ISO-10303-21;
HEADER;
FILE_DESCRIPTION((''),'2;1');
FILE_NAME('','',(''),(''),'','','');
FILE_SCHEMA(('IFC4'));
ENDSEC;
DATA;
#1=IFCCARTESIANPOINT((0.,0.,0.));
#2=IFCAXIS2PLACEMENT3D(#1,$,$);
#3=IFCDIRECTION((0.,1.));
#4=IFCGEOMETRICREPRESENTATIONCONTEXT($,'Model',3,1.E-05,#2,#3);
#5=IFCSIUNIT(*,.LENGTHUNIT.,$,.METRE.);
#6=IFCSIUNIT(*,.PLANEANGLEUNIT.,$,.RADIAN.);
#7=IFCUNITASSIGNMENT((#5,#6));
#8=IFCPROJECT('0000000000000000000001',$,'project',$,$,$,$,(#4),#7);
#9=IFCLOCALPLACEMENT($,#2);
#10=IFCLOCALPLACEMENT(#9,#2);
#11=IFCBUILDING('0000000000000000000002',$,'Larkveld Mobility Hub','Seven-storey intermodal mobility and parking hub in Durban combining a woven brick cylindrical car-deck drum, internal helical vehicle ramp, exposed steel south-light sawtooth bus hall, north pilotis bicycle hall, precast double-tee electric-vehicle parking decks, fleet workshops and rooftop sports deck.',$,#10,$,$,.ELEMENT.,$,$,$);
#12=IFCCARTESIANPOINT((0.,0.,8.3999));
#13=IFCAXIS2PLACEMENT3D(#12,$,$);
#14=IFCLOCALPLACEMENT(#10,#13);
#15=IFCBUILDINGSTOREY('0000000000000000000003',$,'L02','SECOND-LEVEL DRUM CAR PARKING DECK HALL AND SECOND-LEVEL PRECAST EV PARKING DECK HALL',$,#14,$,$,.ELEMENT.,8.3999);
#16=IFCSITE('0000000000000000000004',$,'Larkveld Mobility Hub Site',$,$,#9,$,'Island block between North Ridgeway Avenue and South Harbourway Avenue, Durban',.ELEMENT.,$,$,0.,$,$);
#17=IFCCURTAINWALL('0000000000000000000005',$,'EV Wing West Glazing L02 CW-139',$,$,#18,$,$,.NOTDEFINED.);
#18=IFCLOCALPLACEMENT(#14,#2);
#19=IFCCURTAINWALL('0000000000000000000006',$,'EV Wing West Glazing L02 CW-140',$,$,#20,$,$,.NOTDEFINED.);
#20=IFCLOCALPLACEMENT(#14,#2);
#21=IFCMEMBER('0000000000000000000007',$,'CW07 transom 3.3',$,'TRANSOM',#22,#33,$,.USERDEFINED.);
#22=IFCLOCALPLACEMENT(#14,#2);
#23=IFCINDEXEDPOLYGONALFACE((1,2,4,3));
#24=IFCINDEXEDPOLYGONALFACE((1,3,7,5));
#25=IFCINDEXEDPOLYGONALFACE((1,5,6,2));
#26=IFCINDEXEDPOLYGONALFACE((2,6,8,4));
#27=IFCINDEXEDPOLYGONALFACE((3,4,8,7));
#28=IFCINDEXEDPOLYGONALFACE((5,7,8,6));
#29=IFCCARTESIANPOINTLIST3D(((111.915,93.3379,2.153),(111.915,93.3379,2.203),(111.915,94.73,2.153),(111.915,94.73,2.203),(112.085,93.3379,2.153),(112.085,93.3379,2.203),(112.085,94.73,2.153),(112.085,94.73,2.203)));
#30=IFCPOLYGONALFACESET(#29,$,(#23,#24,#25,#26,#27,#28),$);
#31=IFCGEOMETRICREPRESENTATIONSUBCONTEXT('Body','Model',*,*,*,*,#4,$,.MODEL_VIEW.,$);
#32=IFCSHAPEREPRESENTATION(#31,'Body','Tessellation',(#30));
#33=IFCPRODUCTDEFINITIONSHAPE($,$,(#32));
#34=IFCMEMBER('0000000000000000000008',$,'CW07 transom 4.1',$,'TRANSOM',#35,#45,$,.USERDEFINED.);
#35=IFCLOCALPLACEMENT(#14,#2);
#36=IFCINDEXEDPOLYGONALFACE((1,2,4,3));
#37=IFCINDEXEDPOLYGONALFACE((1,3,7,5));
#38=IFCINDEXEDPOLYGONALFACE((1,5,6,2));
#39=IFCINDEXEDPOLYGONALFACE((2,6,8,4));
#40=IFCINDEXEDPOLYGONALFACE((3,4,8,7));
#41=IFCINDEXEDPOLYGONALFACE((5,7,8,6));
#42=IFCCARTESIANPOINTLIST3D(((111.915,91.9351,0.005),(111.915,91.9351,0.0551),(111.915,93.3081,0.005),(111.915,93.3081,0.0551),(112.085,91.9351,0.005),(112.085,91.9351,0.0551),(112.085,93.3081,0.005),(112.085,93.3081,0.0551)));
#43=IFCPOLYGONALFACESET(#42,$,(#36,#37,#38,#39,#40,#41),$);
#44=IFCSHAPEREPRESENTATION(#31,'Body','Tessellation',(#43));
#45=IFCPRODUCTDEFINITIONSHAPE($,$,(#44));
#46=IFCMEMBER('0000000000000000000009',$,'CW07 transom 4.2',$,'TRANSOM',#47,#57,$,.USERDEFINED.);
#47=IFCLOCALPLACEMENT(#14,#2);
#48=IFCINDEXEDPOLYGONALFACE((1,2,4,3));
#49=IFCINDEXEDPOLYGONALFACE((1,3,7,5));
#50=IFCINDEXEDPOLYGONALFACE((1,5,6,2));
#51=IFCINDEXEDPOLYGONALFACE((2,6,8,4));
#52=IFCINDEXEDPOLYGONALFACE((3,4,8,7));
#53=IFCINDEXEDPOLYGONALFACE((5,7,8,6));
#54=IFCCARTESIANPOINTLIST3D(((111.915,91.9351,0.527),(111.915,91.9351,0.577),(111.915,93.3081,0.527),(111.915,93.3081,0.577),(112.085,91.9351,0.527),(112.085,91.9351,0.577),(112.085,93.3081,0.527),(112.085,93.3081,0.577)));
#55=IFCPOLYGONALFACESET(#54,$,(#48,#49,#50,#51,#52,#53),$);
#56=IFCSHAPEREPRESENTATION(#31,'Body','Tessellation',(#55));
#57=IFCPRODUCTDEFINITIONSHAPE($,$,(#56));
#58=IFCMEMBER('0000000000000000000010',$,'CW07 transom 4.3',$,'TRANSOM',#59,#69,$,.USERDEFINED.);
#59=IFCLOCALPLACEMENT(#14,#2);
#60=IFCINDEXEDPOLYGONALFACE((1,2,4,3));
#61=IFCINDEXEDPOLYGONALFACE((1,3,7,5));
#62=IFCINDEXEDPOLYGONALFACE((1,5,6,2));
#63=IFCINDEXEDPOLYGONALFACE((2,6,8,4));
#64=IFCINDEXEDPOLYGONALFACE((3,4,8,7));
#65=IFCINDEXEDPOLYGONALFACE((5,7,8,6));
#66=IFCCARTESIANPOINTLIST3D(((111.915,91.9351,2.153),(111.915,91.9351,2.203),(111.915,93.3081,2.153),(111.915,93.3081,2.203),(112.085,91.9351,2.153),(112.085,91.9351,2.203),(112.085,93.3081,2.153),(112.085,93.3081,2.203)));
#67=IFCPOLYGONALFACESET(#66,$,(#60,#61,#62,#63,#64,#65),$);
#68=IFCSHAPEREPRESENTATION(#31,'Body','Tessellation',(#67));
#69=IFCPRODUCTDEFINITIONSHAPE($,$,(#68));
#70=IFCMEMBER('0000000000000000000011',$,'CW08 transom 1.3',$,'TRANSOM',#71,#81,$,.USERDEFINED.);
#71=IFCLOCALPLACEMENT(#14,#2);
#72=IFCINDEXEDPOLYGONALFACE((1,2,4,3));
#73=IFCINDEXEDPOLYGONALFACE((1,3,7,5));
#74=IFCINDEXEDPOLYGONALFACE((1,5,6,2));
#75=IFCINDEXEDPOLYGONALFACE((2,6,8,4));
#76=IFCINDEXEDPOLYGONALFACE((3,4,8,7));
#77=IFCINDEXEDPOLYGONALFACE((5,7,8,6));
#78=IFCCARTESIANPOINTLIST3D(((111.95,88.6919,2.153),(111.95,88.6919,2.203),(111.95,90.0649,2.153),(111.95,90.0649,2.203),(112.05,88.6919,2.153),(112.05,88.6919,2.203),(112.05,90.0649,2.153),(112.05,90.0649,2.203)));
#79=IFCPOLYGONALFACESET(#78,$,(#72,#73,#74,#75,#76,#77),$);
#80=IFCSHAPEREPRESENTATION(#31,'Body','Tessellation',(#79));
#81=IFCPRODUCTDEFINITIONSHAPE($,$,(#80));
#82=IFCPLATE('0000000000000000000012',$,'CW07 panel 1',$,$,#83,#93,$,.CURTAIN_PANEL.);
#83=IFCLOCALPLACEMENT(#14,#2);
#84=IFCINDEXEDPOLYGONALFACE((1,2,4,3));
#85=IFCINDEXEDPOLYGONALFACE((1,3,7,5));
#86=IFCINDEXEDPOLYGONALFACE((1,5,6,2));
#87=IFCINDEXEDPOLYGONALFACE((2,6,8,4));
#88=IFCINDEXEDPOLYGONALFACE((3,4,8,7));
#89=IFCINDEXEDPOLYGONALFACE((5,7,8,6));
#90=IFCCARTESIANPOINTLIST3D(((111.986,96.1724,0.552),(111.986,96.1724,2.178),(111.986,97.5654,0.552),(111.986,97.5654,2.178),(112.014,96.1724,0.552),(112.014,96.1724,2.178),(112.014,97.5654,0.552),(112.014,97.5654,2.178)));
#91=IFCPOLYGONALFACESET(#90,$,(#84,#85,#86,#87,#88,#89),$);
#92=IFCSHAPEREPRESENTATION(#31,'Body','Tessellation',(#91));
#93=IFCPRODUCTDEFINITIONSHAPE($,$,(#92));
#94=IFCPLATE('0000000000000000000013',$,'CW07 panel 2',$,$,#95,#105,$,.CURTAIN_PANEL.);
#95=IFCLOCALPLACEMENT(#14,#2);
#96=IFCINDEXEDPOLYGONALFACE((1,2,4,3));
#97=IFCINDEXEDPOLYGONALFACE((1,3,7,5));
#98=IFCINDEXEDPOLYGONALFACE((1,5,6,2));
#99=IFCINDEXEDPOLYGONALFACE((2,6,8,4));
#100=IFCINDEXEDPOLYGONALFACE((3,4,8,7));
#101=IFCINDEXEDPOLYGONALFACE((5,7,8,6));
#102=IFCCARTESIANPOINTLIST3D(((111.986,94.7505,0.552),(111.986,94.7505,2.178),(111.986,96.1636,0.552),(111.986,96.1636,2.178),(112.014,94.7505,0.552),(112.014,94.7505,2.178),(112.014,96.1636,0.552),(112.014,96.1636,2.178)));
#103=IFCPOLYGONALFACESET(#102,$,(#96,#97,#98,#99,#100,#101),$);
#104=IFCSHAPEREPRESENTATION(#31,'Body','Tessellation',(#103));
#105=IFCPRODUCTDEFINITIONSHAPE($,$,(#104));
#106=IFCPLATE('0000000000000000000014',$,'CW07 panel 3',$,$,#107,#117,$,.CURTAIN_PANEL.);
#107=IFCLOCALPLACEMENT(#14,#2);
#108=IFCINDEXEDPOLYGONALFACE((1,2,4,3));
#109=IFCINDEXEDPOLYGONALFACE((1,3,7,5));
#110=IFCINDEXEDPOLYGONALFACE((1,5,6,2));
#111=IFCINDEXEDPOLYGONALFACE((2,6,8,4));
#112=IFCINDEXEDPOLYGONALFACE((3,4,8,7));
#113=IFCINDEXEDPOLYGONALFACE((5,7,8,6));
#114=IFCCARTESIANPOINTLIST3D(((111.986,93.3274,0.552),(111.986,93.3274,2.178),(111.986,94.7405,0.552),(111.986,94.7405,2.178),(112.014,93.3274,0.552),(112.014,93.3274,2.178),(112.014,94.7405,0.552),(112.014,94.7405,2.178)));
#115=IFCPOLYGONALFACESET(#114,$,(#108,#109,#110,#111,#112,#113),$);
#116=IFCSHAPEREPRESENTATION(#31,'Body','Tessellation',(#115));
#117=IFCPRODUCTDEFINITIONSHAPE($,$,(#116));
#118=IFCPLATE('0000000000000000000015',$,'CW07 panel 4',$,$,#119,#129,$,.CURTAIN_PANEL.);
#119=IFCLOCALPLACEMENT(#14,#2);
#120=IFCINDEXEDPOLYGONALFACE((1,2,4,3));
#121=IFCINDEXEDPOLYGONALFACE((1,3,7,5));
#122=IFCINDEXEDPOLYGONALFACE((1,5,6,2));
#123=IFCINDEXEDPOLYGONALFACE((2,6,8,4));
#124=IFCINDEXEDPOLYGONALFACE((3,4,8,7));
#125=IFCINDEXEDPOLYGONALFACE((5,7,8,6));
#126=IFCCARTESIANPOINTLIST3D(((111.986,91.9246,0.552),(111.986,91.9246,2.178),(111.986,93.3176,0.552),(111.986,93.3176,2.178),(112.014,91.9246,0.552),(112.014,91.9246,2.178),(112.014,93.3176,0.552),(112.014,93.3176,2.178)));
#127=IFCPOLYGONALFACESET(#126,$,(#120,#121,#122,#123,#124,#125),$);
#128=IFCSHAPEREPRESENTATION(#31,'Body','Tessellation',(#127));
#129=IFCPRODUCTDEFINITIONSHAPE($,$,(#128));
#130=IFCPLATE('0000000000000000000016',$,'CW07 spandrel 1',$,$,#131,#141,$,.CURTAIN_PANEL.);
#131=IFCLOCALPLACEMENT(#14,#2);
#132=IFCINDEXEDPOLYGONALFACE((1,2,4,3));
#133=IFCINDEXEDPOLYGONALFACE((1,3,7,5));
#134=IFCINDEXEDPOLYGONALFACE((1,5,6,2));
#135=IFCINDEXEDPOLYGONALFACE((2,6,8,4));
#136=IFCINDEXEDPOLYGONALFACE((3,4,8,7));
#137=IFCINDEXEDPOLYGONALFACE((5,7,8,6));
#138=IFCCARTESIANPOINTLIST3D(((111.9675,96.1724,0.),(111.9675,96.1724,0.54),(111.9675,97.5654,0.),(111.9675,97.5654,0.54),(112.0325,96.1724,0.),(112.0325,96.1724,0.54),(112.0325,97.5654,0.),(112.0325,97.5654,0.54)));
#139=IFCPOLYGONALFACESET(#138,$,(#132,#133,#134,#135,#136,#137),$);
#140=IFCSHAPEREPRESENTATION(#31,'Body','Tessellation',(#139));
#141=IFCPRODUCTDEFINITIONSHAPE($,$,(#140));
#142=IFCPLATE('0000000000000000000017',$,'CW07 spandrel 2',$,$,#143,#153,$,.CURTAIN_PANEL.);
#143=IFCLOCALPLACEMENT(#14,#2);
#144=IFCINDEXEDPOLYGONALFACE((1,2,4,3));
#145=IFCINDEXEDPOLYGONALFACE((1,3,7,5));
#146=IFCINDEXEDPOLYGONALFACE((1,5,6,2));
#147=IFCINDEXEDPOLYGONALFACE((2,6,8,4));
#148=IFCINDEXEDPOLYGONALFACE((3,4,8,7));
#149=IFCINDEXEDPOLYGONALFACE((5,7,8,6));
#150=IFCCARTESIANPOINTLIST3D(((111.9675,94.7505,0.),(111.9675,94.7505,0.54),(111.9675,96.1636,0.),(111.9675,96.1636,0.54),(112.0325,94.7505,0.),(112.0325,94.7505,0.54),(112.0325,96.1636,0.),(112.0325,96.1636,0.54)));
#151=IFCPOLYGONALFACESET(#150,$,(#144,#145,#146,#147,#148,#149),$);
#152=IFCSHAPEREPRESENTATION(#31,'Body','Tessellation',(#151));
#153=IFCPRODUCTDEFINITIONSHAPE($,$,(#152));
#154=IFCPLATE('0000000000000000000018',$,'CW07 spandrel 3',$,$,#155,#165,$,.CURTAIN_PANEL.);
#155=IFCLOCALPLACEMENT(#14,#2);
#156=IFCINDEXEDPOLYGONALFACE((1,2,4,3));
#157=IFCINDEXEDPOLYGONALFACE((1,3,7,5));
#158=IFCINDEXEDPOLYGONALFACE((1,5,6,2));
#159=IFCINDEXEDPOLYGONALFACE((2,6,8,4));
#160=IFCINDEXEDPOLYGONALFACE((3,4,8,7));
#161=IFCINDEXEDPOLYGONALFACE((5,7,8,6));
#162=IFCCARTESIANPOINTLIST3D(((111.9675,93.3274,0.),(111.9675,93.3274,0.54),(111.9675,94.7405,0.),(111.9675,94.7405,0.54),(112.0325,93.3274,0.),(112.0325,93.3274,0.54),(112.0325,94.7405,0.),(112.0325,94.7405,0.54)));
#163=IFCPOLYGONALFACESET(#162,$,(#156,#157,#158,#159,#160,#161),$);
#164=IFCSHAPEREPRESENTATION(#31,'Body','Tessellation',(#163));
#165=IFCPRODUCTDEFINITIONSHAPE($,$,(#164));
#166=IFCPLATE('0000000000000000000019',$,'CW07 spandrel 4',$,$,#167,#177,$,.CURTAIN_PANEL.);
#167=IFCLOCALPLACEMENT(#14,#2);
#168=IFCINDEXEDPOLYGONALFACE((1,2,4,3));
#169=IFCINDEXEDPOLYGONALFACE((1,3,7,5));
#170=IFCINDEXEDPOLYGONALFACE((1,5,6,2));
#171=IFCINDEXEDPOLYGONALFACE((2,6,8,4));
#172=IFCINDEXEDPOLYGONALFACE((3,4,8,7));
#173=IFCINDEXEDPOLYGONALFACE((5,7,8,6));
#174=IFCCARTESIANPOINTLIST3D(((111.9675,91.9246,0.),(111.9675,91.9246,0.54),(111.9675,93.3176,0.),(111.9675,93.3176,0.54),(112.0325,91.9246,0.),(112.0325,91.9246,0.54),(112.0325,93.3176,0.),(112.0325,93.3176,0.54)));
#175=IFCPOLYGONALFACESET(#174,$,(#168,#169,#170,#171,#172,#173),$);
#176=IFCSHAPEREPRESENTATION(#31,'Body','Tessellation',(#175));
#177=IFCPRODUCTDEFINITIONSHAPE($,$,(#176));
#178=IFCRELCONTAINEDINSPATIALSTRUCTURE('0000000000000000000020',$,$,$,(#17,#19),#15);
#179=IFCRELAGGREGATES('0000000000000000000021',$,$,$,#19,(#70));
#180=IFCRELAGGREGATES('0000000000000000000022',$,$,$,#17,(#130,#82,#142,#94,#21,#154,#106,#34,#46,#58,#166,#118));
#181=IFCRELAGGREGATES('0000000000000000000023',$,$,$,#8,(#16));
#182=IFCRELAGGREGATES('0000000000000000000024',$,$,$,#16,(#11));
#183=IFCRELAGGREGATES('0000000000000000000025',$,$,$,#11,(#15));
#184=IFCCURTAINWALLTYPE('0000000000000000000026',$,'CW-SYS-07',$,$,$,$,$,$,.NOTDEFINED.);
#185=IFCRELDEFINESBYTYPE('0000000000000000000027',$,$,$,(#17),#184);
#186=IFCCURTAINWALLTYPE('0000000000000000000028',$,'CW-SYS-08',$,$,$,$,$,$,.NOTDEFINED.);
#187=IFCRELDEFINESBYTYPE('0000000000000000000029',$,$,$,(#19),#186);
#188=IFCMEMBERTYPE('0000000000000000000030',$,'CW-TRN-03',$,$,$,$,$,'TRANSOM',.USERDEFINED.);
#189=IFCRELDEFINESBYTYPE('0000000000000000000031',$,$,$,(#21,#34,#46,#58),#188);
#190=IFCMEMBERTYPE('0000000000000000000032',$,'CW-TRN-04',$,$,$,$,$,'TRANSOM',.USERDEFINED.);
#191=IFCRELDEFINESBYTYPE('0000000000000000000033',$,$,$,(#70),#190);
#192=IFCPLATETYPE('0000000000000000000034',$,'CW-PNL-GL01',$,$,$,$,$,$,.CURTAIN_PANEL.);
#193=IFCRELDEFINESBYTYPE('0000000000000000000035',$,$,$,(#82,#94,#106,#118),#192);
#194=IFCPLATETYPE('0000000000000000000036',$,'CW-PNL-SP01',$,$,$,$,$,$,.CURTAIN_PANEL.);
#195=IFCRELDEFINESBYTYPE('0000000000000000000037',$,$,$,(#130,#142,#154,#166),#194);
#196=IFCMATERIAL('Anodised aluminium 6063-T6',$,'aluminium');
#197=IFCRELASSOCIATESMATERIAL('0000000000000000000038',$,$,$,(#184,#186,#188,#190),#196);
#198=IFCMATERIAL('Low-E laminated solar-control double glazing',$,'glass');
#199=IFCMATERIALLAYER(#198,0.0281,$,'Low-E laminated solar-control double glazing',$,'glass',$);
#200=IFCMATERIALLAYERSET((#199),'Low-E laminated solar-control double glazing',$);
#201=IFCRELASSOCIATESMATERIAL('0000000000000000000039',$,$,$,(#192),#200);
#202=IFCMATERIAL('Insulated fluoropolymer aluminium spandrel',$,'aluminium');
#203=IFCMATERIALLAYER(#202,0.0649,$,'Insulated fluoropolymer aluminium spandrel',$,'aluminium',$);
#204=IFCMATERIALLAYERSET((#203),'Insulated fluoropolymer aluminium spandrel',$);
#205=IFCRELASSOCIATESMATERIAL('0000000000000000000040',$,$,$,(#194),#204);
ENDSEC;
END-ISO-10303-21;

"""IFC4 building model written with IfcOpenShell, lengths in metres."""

from ifc_helpers import new_model, si_unit, direction, frame, origin, origin_2d, place, context, subcontext, project, spatial, rectangle, extrude, material, layer, layer_set, material_profile, profile_set, type_object, element, aggregate, save


model = new_model("IFC4")

# Units and contexts
model_context = context("Model", 3, precision=1e-05, world=origin(), true_north=direction((0.0, 1.0)))
body_context = subcontext(model_context, "Body", "Model", "MODEL_VIEW")
ifc_project = project(units=[si_unit("LENGTHUNIT", "METRE"), si_unit("PLANEANGLEUNIT", "RADIAN")], contexts=[model_context])

# Site, building, storey
site_placement = place(None, origin())
site = spatial("IfcSite", under=ifc_project, at=site_placement, Name="Larkveld Mobility Hub Site", LongName="Island block between North Ridgeway Avenue and South Harbourway Avenue, Durban", CompositionType="ELEMENT", RefElevation=0.0)
building_placement = place(site_placement, origin())
building = spatial("IfcBuilding", under=site, at=building_placement, Name="Larkveld Mobility Hub", Description="Seven-storey intermodal mobility and parking hub in Durban combining a woven brick cylindrical car-deck drum, internal helical vehicle ramp, exposed steel south-light sawtooth bus hall, north pilotis bicycle hall, precast double-tee electric-vehicle parking decks, fleet workshops and rooftop sports deck.", CompositionType="ELEMENT")
storey_placement = place(building_placement, frame((0.0, 0.0, 8.3999)))
storey = spatial("IfcBuildingStorey", under=building, at=storey_placement, Name="L02", Description="SECOND-LEVEL DRUM CAR PARKING DECK HALL AND SECOND-LEVEL PRECAST EV PARKING DECK HALL", CompositionType="ELEMENT", Elevation=8.3999)

# Curtain wall
ifc_material_1 = material(Name="Anodised aluminium 6063-T6", Category="aluminium")
curtain_wall_type_1 = type_object("IfcCurtainWallType", Name="CW-SYS-07", PredefinedType="NOTDEFINED", material=ifc_material_1)
curtain_wall_1_placement = place(storey_placement, origin())
curtain_wall_1 = element("IfcCurtainWall", 1, at=curtain_wall_1_placement, inside=storey, type_object=curtain_wall_type_1, Name="EV Wing West Glazing L02 CW-139", PredefinedType="NOTDEFINED")

# Curtain wall
curtain_wall_type_2 = type_object("IfcCurtainWallType", Name="CW-SYS-08", PredefinedType="NOTDEFINED", material=ifc_material_1)
curtain_wall_2_placement = place(storey_placement, origin())
curtain_wall_2 = element("IfcCurtainWall", 2, at=curtain_wall_2_placement, inside=storey, type_object=curtain_wall_type_2, Name="EV Wing West Glazing L02 CW-140", PredefinedType="NOTDEFINED")

# Members
ifc_material_profile_1 = material_profile(ifc_material_1, rectangle(XDim=0.1699, YDim=0.05, at=origin_2d()), Name="ALU TRAN 50x170")
ifc_profile_set_1 = profile_set([ifc_material_profile_1], Name="Anodised aluminium 6063-T6")
member_type_1 = type_object("IfcMemberType", Name="CW-TRN-03", ElementType="TRANSOM", PredefinedType="USERDEFINED", material=ifc_profile_set_1)
member_1_placement = place(storey_placement, frame((112.0, 94.73, 2.178), z_axis=(0.0, -1.0, 0.0), x_axis=(1.0, 0.0, 0.0)))
member_1 = element("IfcMember", 3, at=member_1_placement, type_object=member_type_1, Name="CW07 transom 3.3", ObjectType="TRANSOM", PredefinedType="USERDEFINED", context=body_context, shape_type="SweptSolid", body=[
    extrude(rectangle(XDim=0.1699, YDim=0.05, at=origin_2d()), origin(), (0.0, 0.0, 1.0), 1.3921),
])
member_2_placement = place(storey_placement, frame((112.0, 93.3081, 0.03), z_axis=(0.0, -1.0, 0.0), x_axis=(1.0, 0.0, 0.0)))
member_2 = element("IfcMember", 4, at=member_2_placement, type_object=member_type_1, Name="CW07 transom 4.1", ObjectType="TRANSOM", PredefinedType="USERDEFINED", context=body_context, shape_type="SweptSolid", body=[
    extrude(rectangle(XDim=0.1699, YDim=0.05, at=origin_2d()), origin(), (0.0, 0.0, 1.0), 1.373),
])
member_3_placement = place(storey_placement, frame((112.0, 93.3081, 0.552), z_axis=(0.0, -1.0, 0.0), x_axis=(1.0, 0.0, 0.0)))
member_3 = element("IfcMember", 5, at=member_3_placement, type_object=member_type_1, Name="CW07 transom 4.2", ObjectType="TRANSOM", PredefinedType="USERDEFINED", context=body_context, shape_type="SweptSolid", body=[
    extrude(rectangle(XDim=0.1699, YDim=0.05, at=origin_2d()), origin(), (0.0, 0.0, 1.0), 1.373),
])
member_4_placement = place(storey_placement, frame((112.0, 93.3081, 2.178), z_axis=(0.0, -1.0, 0.0), x_axis=(1.0, 0.0, 0.0)))
member_4 = element("IfcMember", 6, at=member_4_placement, type_object=member_type_1, Name="CW07 transom 4.3", ObjectType="TRANSOM", PredefinedType="USERDEFINED", context=body_context, shape_type="SweptSolid", body=[
    extrude(rectangle(XDim=0.1699, YDim=0.05, at=origin_2d()), origin(), (0.0, 0.0, 1.0), 1.373),
])
ifc_material_profile_2 = material_profile(ifc_material_1, rectangle(XDim=0.1001, YDim=0.05, at=origin_2d()), Name="ALU TRAN 50x100")
ifc_profile_set_2 = profile_set([ifc_material_profile_2], Name="Anodised aluminium 6063-T6")
member_type_2 = type_object("IfcMemberType", Name="CW-TRN-04", ElementType="TRANSOM", PredefinedType="USERDEFINED", material=ifc_profile_set_2)
member_5_placement = place(storey_placement, frame((112.0, 90.0649, 2.178), z_axis=(0.0, -1.0, 0.0), x_axis=(1.0, 0.0, 0.0)))
member_5 = element("IfcMember", 7, at=member_5_placement, type_object=member_type_2, Name="CW08 transom 1.3", ObjectType="TRANSOM", PredefinedType="USERDEFINED", context=body_context, shape_type="SweptSolid", body=[
    extrude(rectangle(XDim=0.1001, YDim=0.05, at=origin_2d()), origin(), (0.0, 0.0, 1.0), 1.373),
])
aggregate(curtain_wall_2, [member_5])

# Plates
ifc_material_2 = material(Name="Low-E laminated solar-control double glazing", Category="glass")
ifc_layer_1 = layer(ifc_material_2, 0.0281, Name="Low-E laminated solar-control double glazing", Category="glass")
ifc_layer_set_1 = layer_set([ifc_layer_1], Name="Low-E laminated solar-control double glazing")
plate_type_1 = type_object("IfcPlateType", Name="CW-PNL-GL01", PredefinedType="CURTAIN_PANEL", material=ifc_layer_set_1)
plate_1_placement = place(storey_placement, frame((112.0, 96.8689, 0.552), z_axis=(0.0, 0.0, 1.0), x_axis=(0.0, -1.0, 0.0)))
plate_1 = element("IfcPlate", 8, at=plate_1_placement, type_object=plate_type_1, Name="CW07 panel 1", PredefinedType="CURTAIN_PANEL", context=body_context, shape_type="SweptSolid", body=[
    extrude(rectangle(XDim=1.3931, YDim=0.0281, at=origin_2d()), origin(), (0.0, 0.0, 1.0), 1.626),
])
plate_2_placement = place(storey_placement, frame((112.0, 95.457, 0.552), z_axis=(0.0, 0.0, 1.0), x_axis=(0.0, -1.0, 0.0)))
plate_2 = element("IfcPlate", 9, at=plate_2_placement, type_object=plate_type_1, Name="CW07 panel 2", PredefinedType="CURTAIN_PANEL", context=body_context, shape_type="SweptSolid", body=[
    extrude(rectangle(XDim=1.4131, YDim=0.0281, at=origin_2d()), origin(), (0.0, 0.0, 1.0), 1.626),
])
plate_3_placement = place(storey_placement, frame((112.0, 94.0339, 0.552), z_axis=(0.0, 0.0, 1.0), x_axis=(0.0, -1.0, 0.0)))
plate_3 = element("IfcPlate", 10, at=plate_3_placement, type_object=plate_type_1, Name="CW07 panel 3", PredefinedType="CURTAIN_PANEL", context=body_context, shape_type="SweptSolid", body=[
    extrude(rectangle(XDim=1.4131, YDim=0.0281, at=origin_2d()), origin(), (0.0, 0.0, 1.0), 1.626),
])
plate_4_placement = place(storey_placement, frame((112.0, 92.6211, 0.552), z_axis=(0.0, 0.0, 1.0), x_axis=(0.0, -1.0, 0.0)))
plate_4 = element("IfcPlate", 11, at=plate_4_placement, type_object=plate_type_1, Name="CW07 panel 4", PredefinedType="CURTAIN_PANEL", context=body_context, shape_type="SweptSolid", body=[
    extrude(rectangle(XDim=1.3931, YDim=0.0281, at=origin_2d()), origin(), (0.0, 0.0, 1.0), 1.626),
])
ifc_material_3 = material(Name="Insulated fluoropolymer aluminium spandrel", Category="aluminium")
ifc_layer_2 = layer(ifc_material_3, 0.0649, Name="Insulated fluoropolymer aluminium spandrel", Category="aluminium")
ifc_layer_set_2 = layer_set([ifc_layer_2], Name="Insulated fluoropolymer aluminium spandrel")
plate_type_2 = type_object("IfcPlateType", Name="CW-PNL-SP01", PredefinedType="CURTAIN_PANEL", material=ifc_layer_set_2)
plate_5_placement = place(storey_placement, frame((112.0, 96.8689, 0.0), z_axis=(0.0, 0.0, 1.0), x_axis=(0.0, -1.0, 0.0)))
plate_5 = element("IfcPlate", 12, at=plate_5_placement, type_object=plate_type_2, Name="CW07 spandrel 1", PredefinedType="CURTAIN_PANEL", context=body_context, shape_type="SweptSolid", body=[
    extrude(rectangle(XDim=1.3931, YDim=0.0649, at=origin_2d()), origin(), (0.0, 0.0, 1.0), 0.54),
])
plate_6_placement = place(storey_placement, frame((112.0, 95.457, 0.0), z_axis=(0.0, 0.0, 1.0), x_axis=(0.0, -1.0, 0.0)))
plate_6 = element("IfcPlate", 13, at=plate_6_placement, type_object=plate_type_2, Name="CW07 spandrel 2", PredefinedType="CURTAIN_PANEL", context=body_context, shape_type="SweptSolid", body=[
    extrude(rectangle(XDim=1.4131, YDim=0.0649, at=origin_2d()), origin(), (0.0, 0.0, 1.0), 0.54),
])
plate_7_placement = place(storey_placement, frame((112.0, 94.0339, 0.0), z_axis=(0.0, 0.0, 1.0), x_axis=(0.0, -1.0, 0.0)))
plate_7 = element("IfcPlate", 14, at=plate_7_placement, type_object=plate_type_2, Name="CW07 spandrel 3", PredefinedType="CURTAIN_PANEL", context=body_context, shape_type="SweptSolid", body=[
    extrude(rectangle(XDim=1.4131, YDim=0.0649, at=origin_2d()), origin(), (0.0, 0.0, 1.0), 0.54),
])
plate_8_placement = place(storey_placement, frame((112.0, 92.6211, 0.0), z_axis=(0.0, 0.0, 1.0), x_axis=(0.0, -1.0, 0.0)))
plate_8 = element("IfcPlate", 15, at=plate_8_placement, type_object=plate_type_2, Name="CW07 spandrel 4", PredefinedType="CURTAIN_PANEL", context=body_context, shape_type="SweptSolid", body=[
    extrude(rectangle(XDim=1.3931, YDim=0.0649, at=origin_2d()), origin(), (0.0, 0.0, 1.0), 0.54),
])
aggregate(curtain_wall_1, [plate_5, plate_1, plate_6, plate_2, member_1, plate_7, plate_3, member_2, member_3, member_4, plate_8, plate_4])

save(model, "model.ifc")
